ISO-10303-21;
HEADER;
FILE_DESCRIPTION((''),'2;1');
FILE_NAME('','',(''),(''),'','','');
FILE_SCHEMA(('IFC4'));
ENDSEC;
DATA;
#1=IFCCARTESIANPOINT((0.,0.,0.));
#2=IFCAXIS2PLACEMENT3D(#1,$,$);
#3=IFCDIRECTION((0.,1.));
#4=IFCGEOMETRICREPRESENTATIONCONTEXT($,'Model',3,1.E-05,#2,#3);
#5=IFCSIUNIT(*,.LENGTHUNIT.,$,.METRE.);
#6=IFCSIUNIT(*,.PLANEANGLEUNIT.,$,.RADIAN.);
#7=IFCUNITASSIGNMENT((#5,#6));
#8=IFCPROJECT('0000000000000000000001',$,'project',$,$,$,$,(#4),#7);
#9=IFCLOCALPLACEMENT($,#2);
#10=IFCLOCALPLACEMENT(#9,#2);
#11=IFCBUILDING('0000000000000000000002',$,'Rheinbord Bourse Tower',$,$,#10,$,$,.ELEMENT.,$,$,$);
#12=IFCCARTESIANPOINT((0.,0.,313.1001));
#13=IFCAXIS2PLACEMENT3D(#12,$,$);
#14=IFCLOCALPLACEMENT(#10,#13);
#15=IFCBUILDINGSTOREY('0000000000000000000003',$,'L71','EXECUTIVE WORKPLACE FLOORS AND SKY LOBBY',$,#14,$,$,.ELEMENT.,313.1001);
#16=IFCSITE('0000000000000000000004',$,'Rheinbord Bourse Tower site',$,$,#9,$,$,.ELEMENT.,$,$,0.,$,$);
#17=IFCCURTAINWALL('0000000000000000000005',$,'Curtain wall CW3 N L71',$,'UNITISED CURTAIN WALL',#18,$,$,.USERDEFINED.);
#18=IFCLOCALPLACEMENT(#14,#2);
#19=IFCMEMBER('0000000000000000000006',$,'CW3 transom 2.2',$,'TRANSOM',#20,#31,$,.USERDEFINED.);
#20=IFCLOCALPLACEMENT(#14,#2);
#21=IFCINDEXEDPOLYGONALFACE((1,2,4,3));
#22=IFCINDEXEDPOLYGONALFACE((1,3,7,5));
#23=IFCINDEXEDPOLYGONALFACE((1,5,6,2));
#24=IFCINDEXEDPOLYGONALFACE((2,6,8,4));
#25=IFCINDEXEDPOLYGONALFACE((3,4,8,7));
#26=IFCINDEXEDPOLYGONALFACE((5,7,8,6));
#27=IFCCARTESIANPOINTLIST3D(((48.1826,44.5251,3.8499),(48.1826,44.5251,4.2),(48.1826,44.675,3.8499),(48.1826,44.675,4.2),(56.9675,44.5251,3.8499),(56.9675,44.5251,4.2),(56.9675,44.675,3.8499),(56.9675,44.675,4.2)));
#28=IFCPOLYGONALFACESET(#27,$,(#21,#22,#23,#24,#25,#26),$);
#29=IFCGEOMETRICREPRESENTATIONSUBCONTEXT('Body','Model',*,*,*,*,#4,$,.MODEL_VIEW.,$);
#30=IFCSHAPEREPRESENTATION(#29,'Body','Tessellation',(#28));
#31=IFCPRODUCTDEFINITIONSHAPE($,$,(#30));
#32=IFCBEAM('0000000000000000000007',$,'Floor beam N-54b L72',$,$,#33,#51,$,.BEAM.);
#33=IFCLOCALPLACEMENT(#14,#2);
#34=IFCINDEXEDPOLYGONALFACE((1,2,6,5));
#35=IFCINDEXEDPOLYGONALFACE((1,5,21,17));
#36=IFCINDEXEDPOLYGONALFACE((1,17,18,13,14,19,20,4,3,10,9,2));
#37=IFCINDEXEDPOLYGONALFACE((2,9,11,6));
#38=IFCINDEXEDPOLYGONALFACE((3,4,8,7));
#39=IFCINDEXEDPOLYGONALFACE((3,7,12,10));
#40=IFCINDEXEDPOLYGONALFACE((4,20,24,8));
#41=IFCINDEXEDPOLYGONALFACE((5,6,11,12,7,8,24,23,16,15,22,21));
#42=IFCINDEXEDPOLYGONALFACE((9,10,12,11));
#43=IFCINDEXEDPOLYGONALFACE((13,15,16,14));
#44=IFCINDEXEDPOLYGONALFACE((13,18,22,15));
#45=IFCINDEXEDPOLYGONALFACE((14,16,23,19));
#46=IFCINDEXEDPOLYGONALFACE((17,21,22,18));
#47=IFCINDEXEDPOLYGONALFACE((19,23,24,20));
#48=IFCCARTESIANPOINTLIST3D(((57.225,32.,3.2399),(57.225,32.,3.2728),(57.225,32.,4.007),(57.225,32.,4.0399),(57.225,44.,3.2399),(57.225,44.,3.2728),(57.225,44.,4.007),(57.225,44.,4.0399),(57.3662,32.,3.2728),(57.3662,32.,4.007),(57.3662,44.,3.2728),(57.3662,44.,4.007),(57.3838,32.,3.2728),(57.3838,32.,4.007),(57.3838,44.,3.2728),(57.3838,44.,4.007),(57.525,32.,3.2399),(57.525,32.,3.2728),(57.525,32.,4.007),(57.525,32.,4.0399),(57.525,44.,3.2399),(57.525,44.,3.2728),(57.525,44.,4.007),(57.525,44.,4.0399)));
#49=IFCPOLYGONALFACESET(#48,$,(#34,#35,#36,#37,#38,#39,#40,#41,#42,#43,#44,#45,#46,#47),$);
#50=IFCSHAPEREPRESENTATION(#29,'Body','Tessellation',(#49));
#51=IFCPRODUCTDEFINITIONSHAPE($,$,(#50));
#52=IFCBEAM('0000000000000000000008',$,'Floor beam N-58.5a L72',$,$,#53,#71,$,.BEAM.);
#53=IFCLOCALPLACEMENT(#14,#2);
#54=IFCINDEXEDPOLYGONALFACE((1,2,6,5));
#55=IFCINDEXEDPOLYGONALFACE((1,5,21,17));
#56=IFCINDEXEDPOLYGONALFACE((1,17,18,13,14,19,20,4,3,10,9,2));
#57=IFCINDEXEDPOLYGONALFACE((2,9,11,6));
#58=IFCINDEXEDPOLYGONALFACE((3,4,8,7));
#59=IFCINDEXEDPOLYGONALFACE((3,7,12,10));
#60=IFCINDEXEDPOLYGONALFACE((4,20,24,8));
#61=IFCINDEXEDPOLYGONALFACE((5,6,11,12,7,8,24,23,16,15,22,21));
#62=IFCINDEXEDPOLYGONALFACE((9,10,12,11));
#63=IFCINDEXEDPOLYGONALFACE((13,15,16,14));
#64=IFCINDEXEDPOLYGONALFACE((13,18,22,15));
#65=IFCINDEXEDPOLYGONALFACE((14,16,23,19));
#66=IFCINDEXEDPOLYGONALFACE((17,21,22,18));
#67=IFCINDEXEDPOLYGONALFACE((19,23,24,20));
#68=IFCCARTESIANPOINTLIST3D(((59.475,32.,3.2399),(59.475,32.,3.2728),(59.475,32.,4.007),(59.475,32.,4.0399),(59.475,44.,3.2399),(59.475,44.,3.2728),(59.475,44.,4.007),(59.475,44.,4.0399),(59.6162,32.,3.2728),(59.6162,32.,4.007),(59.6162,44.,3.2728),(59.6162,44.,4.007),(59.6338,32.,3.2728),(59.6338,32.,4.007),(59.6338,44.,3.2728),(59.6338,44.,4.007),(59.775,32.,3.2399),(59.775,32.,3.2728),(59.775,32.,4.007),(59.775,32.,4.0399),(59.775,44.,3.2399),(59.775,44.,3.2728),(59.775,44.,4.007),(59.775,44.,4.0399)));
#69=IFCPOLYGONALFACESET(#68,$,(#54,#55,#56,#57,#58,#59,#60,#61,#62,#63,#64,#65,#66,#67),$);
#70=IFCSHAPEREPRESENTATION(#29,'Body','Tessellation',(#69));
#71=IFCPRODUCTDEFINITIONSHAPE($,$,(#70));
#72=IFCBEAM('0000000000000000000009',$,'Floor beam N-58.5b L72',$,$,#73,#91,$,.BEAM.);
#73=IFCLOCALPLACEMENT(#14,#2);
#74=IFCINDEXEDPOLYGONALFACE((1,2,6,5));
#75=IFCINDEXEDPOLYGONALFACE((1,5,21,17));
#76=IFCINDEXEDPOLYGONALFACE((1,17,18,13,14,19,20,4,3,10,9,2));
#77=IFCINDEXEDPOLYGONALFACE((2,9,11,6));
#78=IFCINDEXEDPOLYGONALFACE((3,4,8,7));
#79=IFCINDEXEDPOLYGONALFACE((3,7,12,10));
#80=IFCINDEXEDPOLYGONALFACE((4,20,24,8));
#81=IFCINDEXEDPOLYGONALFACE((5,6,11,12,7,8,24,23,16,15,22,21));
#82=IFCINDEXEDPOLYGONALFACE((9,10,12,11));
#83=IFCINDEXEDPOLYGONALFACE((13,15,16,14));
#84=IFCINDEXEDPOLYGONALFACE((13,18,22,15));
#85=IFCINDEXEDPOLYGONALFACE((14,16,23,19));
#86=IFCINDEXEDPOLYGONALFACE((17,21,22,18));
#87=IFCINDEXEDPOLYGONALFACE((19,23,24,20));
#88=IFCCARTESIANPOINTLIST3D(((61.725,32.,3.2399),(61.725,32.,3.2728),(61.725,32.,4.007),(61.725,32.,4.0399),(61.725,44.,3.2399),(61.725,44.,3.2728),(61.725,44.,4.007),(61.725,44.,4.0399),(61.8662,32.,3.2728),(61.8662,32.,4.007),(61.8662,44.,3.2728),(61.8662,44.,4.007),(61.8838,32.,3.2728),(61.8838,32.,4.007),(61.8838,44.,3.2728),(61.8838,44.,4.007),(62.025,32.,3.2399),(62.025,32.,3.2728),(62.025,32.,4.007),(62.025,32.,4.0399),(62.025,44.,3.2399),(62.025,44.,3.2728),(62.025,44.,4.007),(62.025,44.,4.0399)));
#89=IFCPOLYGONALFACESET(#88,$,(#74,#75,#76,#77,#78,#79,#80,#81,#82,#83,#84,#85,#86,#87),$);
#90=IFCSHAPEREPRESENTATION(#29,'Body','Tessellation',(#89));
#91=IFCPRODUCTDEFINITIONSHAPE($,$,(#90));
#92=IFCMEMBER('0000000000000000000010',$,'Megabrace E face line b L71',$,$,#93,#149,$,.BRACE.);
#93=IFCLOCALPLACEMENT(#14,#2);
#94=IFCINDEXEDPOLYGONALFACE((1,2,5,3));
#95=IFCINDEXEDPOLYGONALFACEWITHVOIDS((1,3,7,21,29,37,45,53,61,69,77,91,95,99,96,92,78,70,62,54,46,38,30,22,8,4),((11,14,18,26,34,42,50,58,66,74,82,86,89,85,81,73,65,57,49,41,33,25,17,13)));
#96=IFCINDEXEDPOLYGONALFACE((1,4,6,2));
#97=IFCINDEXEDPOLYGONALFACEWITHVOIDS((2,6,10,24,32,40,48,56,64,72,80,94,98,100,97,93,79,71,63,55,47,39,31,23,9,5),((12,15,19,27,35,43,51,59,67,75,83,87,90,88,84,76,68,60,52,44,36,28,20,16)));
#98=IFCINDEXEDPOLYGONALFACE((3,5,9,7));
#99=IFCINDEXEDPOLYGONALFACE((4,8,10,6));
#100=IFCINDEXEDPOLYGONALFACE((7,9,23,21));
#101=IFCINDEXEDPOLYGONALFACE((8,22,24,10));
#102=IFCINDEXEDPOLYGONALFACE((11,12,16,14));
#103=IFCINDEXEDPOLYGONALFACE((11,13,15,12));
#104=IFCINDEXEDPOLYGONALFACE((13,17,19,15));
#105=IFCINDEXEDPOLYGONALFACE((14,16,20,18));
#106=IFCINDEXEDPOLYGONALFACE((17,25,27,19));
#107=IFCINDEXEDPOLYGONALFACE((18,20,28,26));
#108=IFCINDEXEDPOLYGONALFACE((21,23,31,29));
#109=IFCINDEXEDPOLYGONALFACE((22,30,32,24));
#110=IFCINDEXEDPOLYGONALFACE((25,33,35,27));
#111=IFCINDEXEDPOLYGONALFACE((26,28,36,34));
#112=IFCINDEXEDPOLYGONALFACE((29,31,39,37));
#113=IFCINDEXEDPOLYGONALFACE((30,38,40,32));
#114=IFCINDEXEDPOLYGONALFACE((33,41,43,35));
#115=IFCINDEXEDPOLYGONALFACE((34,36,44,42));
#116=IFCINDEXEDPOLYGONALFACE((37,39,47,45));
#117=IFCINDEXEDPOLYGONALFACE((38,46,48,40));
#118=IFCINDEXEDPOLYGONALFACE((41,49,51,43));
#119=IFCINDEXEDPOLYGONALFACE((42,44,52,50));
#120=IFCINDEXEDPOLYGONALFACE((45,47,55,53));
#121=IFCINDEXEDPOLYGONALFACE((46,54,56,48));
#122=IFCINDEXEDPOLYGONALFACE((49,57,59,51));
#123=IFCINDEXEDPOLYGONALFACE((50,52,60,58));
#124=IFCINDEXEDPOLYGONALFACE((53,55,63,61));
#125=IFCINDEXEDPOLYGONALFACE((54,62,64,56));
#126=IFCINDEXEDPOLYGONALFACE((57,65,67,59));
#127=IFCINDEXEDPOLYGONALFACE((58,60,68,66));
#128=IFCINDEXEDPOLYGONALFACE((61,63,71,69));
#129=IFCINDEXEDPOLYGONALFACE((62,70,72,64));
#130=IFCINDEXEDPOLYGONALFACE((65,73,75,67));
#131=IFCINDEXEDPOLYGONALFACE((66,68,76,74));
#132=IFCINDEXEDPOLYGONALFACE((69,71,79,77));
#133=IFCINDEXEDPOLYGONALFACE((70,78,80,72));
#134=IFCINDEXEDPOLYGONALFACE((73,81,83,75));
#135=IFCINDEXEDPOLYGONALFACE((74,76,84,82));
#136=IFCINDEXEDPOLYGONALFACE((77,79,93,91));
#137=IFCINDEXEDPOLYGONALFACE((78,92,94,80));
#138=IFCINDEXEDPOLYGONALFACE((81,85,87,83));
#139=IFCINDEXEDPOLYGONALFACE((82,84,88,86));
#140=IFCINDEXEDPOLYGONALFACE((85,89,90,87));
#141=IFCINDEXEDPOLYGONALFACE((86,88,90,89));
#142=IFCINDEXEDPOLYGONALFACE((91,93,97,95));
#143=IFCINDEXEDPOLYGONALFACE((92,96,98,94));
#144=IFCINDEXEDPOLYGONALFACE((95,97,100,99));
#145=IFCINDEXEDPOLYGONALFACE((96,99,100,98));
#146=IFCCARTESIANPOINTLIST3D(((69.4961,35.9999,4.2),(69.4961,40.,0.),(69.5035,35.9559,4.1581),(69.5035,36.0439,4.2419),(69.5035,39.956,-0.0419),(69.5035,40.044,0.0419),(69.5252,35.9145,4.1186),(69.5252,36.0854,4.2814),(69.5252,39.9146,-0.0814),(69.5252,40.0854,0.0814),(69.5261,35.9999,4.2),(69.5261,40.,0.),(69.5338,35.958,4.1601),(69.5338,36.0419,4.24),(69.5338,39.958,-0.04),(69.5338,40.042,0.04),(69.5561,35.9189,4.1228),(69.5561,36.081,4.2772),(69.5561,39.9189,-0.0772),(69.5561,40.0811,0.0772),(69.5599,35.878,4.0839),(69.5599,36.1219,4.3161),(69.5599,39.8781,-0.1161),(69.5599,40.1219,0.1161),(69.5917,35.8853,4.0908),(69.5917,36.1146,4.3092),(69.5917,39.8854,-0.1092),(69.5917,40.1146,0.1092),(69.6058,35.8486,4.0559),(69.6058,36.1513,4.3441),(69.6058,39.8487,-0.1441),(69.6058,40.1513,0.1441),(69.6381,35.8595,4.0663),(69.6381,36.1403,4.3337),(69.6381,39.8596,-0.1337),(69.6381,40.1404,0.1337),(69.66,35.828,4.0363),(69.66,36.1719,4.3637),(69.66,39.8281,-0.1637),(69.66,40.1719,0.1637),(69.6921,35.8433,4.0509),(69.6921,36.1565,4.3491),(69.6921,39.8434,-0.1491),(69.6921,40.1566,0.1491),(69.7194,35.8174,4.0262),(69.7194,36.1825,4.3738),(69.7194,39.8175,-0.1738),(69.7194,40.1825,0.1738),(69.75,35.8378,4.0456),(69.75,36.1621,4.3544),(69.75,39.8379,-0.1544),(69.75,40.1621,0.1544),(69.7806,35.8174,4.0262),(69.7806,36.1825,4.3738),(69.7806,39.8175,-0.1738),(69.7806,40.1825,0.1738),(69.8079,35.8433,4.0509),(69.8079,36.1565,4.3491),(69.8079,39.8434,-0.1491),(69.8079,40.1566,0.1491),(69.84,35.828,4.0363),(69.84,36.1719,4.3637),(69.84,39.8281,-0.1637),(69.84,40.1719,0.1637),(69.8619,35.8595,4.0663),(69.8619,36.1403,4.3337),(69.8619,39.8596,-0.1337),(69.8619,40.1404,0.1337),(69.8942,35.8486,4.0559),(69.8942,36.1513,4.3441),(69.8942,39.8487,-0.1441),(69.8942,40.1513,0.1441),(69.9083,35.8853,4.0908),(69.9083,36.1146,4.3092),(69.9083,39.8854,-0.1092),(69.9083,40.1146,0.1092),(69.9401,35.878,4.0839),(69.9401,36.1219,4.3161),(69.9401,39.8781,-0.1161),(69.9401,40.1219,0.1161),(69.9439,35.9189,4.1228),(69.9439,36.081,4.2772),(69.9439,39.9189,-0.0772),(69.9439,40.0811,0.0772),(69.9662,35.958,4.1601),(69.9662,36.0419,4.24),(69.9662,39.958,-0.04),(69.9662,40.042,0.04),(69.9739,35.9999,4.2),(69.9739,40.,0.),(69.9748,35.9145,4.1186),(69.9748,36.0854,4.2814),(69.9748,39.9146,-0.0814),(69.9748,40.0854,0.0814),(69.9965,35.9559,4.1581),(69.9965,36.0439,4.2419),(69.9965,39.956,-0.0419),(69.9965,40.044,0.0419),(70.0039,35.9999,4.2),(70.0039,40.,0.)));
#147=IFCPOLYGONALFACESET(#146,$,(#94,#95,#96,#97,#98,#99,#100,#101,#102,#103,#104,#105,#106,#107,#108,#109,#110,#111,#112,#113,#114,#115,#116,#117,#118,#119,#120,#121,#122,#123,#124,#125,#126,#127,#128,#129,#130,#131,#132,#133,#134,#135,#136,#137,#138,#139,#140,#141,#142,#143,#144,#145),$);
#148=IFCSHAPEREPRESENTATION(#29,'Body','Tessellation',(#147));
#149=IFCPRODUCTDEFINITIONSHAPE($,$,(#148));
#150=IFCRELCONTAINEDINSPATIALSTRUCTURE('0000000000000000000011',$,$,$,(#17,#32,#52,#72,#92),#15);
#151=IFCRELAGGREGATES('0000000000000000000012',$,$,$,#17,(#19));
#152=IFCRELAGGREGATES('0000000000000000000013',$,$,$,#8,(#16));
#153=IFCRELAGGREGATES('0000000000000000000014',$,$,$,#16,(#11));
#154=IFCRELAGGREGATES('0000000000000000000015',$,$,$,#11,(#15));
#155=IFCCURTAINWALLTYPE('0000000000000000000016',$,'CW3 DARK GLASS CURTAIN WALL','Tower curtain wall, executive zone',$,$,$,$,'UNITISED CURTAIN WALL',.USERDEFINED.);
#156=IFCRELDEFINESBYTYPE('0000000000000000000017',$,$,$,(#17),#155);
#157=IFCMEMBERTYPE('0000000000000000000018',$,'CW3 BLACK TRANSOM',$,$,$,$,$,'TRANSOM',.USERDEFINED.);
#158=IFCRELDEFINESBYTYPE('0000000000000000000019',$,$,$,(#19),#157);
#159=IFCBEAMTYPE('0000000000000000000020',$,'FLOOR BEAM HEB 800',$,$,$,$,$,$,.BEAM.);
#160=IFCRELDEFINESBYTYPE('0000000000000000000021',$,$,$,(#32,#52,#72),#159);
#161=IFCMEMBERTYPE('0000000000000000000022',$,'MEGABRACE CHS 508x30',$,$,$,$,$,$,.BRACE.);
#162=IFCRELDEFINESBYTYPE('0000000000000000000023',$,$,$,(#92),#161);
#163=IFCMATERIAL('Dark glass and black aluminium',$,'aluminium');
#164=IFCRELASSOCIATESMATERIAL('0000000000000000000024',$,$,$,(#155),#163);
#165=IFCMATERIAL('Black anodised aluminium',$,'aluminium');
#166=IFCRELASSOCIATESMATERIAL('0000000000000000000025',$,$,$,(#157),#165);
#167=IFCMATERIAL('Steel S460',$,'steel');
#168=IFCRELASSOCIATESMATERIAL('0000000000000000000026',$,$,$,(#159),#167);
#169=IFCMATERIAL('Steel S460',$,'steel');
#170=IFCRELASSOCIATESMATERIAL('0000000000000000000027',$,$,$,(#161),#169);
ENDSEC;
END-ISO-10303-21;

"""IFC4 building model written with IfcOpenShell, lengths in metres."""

from ifc_helpers import new_model, si_unit, direction, frame, origin, origin_2d, place, context, subcontext, project, spatial, rectangle, hollow_circle, i_section, extrude, material, material_profile, profile_set, type_object, element, aggregate, save


model = new_model("IFC4")

# Units and contexts
model_context = context("Model", 3, precision=1e-05, world=origin(), true_north=direction((0.0, 1.0)))
body_context = subcontext(model_context, "Body", "Model", "MODEL_VIEW")
ifc_project = project(units=[si_unit("LENGTHUNIT", "METRE"), si_unit("PLANEANGLEUNIT", "RADIAN")], contexts=[model_context])

# Site, building, storey
site_placement = place(None, origin())
site = spatial("IfcSite", under=ifc_project, at=site_placement, Name="Rheinbord Bourse Tower site", CompositionType="ELEMENT", RefElevation=0.0)
building_placement = place(site_placement, origin())
building = spatial("IfcBuilding", under=site, at=building_placement, Name="Rheinbord Bourse Tower", CompositionType="ELEMENT")
storey_placement = place(building_placement, frame((0.0, 0.0, 313.1001)))
storey = spatial("IfcBuildingStorey", under=building, at=storey_placement, Name="L71", Description="EXECUTIVE WORKPLACE FLOORS AND SKY LOBBY", CompositionType="ELEMENT", Elevation=313.1001)

# Curtain wall
ifc_material_1 = material(Name="Dark glass and black aluminium", Category="aluminium")
curtain_wall_type = type_object("IfcCurtainWallType", Name="CW3 DARK GLASS CURTAIN WALL", Description="Tower curtain wall, executive zone", ElementType="UNITISED CURTAIN WALL", PredefinedType="USERDEFINED", material=ifc_material_1)
curtain_wall_1_placement = place(storey_placement, origin())
curtain_wall_1 = element("IfcCurtainWall", 1, at=curtain_wall_1_placement, inside=storey, type_object=curtain_wall_type, Name="Curtain wall CW3 N L71", ObjectType="UNITISED CURTAIN WALL", PredefinedType="USERDEFINED")

# Member
ifc_material_2 = material(Name="Black anodised aluminium", Category="aluminium")
ifc_material_profile_1 = material_profile(ifc_material_2, rectangle(XDim=0.1499, YDim=0.3501, at=origin_2d()), Name="CW3 TRANSOM 350x150")
ifc_profile_set_1 = profile_set([ifc_material_profile_1], Name="Black anodised aluminium")
member_type_1 = type_object("IfcMemberType", Name="CW3 BLACK TRANSOM", ElementType="TRANSOM", PredefinedType="USERDEFINED", material=ifc_profile_set_1)
member_1_placement = place(storey_placement, frame((56.9675, 44.6001, 4.0249), z_axis=(-1.0, 0.0, 0.0), x_axis=(0.0, -1.0, 0.0)))
member_1 = element("IfcMember", 2, at=member_1_placement, type_object=member_type_1, Name="CW3 transom 2.2", ObjectType="TRANSOM", PredefinedType="USERDEFINED", context=body_context, shape_type="SweptSolid", body=[
    extrude(rectangle(XDim=0.1499, YDim=0.3501, at=origin_2d()), origin(), (0.0, 0.0, 1.0), 8.7849),
])

# Beams
ifc_material_3 = material(Name="Steel S460", Category="steel")
ifc_material_profile_2 = material_profile(ifc_material_3, i_section(OverallWidth=0.3, OverallDepth=0.8, WebThickness=0.0176, FlangeThickness=0.033, at=origin_2d()), Name="HEB 800")
ifc_profile_set_2 = profile_set([ifc_material_profile_2], Name="Steel S460")
beam_type_1 = type_object("IfcBeamType", Name="FLOOR BEAM HEB 800", PredefinedType="BEAM", material=ifc_profile_set_2)
for number, where, z_axis, x_axis, name in (
    (3, (57.375, 44.0, 3.6399), (0.0, -1.0, 0.0), (1.0, 0.0, 0.0), "Floor beam N-54b L72"),
    (4, (59.625, 44.0, 3.6399), (0.0, -1.0, 0.0), (1.0, 0.0, 0.0), "Floor beam N-58.5a L72"),
    (5, (61.875, 44.0, 3.6399), (0.0, -1.0, 0.0), (1.0, 0.0, 0.0), "Floor beam N-58.5b L72"),
):
    element("IfcBeam", number, at=place(storey_placement, frame(where, z_axis=z_axis, x_axis=x_axis)), inside=storey, type_object=beam_type_1, Name=name, PredefinedType="BEAM", context=body_context, shape_type="SweptSolid", body=[
        extrude(i_section(OverallWidth=0.3, OverallDepth=0.8, WebThickness=0.0176, FlangeThickness=0.033, at=origin_2d()), origin(), (0.0, 0.0, 1.0), 12.0),
    ])

# Member
ifc_material_4 = material(Name="Steel S460", Category="steel")
ifc_material_profile_3 = material_profile(ifc_material_4, hollow_circle(Radius=0.2539, WallThickness=0.03, at=origin_2d()), Name="CHS 508x30")
ifc_profile_set_3 = profile_set([ifc_material_profile_3], Name="Steel S460")
member_type_2 = type_object("IfcMemberType", Name="MEGABRACE CHS 508x30", PredefinedType="BRACE", material=ifc_profile_set_3)
member_2_placement = place(storey_placement, frame((69.75, 40.0, 0.0), z_axis=(0.0, -0.689659, 0.724134), x_axis=(1.0, 0.0, 0.0)))
element("IfcMember", 6, at=member_2_placement, inside=storey, type_object=member_type_2, Name="Megabrace E face line b L71", PredefinedType="BRACE", context=body_context, shape_type="SweptSolid", body=[
    extrude(hollow_circle(Radius=0.2539, WallThickness=0.03, at=origin_2d()), origin(), (0.0, 0.0, 1.0), 5.8),
])

aggregate(curtain_wall_1, [member_1])

save(model, "model.ifc")
